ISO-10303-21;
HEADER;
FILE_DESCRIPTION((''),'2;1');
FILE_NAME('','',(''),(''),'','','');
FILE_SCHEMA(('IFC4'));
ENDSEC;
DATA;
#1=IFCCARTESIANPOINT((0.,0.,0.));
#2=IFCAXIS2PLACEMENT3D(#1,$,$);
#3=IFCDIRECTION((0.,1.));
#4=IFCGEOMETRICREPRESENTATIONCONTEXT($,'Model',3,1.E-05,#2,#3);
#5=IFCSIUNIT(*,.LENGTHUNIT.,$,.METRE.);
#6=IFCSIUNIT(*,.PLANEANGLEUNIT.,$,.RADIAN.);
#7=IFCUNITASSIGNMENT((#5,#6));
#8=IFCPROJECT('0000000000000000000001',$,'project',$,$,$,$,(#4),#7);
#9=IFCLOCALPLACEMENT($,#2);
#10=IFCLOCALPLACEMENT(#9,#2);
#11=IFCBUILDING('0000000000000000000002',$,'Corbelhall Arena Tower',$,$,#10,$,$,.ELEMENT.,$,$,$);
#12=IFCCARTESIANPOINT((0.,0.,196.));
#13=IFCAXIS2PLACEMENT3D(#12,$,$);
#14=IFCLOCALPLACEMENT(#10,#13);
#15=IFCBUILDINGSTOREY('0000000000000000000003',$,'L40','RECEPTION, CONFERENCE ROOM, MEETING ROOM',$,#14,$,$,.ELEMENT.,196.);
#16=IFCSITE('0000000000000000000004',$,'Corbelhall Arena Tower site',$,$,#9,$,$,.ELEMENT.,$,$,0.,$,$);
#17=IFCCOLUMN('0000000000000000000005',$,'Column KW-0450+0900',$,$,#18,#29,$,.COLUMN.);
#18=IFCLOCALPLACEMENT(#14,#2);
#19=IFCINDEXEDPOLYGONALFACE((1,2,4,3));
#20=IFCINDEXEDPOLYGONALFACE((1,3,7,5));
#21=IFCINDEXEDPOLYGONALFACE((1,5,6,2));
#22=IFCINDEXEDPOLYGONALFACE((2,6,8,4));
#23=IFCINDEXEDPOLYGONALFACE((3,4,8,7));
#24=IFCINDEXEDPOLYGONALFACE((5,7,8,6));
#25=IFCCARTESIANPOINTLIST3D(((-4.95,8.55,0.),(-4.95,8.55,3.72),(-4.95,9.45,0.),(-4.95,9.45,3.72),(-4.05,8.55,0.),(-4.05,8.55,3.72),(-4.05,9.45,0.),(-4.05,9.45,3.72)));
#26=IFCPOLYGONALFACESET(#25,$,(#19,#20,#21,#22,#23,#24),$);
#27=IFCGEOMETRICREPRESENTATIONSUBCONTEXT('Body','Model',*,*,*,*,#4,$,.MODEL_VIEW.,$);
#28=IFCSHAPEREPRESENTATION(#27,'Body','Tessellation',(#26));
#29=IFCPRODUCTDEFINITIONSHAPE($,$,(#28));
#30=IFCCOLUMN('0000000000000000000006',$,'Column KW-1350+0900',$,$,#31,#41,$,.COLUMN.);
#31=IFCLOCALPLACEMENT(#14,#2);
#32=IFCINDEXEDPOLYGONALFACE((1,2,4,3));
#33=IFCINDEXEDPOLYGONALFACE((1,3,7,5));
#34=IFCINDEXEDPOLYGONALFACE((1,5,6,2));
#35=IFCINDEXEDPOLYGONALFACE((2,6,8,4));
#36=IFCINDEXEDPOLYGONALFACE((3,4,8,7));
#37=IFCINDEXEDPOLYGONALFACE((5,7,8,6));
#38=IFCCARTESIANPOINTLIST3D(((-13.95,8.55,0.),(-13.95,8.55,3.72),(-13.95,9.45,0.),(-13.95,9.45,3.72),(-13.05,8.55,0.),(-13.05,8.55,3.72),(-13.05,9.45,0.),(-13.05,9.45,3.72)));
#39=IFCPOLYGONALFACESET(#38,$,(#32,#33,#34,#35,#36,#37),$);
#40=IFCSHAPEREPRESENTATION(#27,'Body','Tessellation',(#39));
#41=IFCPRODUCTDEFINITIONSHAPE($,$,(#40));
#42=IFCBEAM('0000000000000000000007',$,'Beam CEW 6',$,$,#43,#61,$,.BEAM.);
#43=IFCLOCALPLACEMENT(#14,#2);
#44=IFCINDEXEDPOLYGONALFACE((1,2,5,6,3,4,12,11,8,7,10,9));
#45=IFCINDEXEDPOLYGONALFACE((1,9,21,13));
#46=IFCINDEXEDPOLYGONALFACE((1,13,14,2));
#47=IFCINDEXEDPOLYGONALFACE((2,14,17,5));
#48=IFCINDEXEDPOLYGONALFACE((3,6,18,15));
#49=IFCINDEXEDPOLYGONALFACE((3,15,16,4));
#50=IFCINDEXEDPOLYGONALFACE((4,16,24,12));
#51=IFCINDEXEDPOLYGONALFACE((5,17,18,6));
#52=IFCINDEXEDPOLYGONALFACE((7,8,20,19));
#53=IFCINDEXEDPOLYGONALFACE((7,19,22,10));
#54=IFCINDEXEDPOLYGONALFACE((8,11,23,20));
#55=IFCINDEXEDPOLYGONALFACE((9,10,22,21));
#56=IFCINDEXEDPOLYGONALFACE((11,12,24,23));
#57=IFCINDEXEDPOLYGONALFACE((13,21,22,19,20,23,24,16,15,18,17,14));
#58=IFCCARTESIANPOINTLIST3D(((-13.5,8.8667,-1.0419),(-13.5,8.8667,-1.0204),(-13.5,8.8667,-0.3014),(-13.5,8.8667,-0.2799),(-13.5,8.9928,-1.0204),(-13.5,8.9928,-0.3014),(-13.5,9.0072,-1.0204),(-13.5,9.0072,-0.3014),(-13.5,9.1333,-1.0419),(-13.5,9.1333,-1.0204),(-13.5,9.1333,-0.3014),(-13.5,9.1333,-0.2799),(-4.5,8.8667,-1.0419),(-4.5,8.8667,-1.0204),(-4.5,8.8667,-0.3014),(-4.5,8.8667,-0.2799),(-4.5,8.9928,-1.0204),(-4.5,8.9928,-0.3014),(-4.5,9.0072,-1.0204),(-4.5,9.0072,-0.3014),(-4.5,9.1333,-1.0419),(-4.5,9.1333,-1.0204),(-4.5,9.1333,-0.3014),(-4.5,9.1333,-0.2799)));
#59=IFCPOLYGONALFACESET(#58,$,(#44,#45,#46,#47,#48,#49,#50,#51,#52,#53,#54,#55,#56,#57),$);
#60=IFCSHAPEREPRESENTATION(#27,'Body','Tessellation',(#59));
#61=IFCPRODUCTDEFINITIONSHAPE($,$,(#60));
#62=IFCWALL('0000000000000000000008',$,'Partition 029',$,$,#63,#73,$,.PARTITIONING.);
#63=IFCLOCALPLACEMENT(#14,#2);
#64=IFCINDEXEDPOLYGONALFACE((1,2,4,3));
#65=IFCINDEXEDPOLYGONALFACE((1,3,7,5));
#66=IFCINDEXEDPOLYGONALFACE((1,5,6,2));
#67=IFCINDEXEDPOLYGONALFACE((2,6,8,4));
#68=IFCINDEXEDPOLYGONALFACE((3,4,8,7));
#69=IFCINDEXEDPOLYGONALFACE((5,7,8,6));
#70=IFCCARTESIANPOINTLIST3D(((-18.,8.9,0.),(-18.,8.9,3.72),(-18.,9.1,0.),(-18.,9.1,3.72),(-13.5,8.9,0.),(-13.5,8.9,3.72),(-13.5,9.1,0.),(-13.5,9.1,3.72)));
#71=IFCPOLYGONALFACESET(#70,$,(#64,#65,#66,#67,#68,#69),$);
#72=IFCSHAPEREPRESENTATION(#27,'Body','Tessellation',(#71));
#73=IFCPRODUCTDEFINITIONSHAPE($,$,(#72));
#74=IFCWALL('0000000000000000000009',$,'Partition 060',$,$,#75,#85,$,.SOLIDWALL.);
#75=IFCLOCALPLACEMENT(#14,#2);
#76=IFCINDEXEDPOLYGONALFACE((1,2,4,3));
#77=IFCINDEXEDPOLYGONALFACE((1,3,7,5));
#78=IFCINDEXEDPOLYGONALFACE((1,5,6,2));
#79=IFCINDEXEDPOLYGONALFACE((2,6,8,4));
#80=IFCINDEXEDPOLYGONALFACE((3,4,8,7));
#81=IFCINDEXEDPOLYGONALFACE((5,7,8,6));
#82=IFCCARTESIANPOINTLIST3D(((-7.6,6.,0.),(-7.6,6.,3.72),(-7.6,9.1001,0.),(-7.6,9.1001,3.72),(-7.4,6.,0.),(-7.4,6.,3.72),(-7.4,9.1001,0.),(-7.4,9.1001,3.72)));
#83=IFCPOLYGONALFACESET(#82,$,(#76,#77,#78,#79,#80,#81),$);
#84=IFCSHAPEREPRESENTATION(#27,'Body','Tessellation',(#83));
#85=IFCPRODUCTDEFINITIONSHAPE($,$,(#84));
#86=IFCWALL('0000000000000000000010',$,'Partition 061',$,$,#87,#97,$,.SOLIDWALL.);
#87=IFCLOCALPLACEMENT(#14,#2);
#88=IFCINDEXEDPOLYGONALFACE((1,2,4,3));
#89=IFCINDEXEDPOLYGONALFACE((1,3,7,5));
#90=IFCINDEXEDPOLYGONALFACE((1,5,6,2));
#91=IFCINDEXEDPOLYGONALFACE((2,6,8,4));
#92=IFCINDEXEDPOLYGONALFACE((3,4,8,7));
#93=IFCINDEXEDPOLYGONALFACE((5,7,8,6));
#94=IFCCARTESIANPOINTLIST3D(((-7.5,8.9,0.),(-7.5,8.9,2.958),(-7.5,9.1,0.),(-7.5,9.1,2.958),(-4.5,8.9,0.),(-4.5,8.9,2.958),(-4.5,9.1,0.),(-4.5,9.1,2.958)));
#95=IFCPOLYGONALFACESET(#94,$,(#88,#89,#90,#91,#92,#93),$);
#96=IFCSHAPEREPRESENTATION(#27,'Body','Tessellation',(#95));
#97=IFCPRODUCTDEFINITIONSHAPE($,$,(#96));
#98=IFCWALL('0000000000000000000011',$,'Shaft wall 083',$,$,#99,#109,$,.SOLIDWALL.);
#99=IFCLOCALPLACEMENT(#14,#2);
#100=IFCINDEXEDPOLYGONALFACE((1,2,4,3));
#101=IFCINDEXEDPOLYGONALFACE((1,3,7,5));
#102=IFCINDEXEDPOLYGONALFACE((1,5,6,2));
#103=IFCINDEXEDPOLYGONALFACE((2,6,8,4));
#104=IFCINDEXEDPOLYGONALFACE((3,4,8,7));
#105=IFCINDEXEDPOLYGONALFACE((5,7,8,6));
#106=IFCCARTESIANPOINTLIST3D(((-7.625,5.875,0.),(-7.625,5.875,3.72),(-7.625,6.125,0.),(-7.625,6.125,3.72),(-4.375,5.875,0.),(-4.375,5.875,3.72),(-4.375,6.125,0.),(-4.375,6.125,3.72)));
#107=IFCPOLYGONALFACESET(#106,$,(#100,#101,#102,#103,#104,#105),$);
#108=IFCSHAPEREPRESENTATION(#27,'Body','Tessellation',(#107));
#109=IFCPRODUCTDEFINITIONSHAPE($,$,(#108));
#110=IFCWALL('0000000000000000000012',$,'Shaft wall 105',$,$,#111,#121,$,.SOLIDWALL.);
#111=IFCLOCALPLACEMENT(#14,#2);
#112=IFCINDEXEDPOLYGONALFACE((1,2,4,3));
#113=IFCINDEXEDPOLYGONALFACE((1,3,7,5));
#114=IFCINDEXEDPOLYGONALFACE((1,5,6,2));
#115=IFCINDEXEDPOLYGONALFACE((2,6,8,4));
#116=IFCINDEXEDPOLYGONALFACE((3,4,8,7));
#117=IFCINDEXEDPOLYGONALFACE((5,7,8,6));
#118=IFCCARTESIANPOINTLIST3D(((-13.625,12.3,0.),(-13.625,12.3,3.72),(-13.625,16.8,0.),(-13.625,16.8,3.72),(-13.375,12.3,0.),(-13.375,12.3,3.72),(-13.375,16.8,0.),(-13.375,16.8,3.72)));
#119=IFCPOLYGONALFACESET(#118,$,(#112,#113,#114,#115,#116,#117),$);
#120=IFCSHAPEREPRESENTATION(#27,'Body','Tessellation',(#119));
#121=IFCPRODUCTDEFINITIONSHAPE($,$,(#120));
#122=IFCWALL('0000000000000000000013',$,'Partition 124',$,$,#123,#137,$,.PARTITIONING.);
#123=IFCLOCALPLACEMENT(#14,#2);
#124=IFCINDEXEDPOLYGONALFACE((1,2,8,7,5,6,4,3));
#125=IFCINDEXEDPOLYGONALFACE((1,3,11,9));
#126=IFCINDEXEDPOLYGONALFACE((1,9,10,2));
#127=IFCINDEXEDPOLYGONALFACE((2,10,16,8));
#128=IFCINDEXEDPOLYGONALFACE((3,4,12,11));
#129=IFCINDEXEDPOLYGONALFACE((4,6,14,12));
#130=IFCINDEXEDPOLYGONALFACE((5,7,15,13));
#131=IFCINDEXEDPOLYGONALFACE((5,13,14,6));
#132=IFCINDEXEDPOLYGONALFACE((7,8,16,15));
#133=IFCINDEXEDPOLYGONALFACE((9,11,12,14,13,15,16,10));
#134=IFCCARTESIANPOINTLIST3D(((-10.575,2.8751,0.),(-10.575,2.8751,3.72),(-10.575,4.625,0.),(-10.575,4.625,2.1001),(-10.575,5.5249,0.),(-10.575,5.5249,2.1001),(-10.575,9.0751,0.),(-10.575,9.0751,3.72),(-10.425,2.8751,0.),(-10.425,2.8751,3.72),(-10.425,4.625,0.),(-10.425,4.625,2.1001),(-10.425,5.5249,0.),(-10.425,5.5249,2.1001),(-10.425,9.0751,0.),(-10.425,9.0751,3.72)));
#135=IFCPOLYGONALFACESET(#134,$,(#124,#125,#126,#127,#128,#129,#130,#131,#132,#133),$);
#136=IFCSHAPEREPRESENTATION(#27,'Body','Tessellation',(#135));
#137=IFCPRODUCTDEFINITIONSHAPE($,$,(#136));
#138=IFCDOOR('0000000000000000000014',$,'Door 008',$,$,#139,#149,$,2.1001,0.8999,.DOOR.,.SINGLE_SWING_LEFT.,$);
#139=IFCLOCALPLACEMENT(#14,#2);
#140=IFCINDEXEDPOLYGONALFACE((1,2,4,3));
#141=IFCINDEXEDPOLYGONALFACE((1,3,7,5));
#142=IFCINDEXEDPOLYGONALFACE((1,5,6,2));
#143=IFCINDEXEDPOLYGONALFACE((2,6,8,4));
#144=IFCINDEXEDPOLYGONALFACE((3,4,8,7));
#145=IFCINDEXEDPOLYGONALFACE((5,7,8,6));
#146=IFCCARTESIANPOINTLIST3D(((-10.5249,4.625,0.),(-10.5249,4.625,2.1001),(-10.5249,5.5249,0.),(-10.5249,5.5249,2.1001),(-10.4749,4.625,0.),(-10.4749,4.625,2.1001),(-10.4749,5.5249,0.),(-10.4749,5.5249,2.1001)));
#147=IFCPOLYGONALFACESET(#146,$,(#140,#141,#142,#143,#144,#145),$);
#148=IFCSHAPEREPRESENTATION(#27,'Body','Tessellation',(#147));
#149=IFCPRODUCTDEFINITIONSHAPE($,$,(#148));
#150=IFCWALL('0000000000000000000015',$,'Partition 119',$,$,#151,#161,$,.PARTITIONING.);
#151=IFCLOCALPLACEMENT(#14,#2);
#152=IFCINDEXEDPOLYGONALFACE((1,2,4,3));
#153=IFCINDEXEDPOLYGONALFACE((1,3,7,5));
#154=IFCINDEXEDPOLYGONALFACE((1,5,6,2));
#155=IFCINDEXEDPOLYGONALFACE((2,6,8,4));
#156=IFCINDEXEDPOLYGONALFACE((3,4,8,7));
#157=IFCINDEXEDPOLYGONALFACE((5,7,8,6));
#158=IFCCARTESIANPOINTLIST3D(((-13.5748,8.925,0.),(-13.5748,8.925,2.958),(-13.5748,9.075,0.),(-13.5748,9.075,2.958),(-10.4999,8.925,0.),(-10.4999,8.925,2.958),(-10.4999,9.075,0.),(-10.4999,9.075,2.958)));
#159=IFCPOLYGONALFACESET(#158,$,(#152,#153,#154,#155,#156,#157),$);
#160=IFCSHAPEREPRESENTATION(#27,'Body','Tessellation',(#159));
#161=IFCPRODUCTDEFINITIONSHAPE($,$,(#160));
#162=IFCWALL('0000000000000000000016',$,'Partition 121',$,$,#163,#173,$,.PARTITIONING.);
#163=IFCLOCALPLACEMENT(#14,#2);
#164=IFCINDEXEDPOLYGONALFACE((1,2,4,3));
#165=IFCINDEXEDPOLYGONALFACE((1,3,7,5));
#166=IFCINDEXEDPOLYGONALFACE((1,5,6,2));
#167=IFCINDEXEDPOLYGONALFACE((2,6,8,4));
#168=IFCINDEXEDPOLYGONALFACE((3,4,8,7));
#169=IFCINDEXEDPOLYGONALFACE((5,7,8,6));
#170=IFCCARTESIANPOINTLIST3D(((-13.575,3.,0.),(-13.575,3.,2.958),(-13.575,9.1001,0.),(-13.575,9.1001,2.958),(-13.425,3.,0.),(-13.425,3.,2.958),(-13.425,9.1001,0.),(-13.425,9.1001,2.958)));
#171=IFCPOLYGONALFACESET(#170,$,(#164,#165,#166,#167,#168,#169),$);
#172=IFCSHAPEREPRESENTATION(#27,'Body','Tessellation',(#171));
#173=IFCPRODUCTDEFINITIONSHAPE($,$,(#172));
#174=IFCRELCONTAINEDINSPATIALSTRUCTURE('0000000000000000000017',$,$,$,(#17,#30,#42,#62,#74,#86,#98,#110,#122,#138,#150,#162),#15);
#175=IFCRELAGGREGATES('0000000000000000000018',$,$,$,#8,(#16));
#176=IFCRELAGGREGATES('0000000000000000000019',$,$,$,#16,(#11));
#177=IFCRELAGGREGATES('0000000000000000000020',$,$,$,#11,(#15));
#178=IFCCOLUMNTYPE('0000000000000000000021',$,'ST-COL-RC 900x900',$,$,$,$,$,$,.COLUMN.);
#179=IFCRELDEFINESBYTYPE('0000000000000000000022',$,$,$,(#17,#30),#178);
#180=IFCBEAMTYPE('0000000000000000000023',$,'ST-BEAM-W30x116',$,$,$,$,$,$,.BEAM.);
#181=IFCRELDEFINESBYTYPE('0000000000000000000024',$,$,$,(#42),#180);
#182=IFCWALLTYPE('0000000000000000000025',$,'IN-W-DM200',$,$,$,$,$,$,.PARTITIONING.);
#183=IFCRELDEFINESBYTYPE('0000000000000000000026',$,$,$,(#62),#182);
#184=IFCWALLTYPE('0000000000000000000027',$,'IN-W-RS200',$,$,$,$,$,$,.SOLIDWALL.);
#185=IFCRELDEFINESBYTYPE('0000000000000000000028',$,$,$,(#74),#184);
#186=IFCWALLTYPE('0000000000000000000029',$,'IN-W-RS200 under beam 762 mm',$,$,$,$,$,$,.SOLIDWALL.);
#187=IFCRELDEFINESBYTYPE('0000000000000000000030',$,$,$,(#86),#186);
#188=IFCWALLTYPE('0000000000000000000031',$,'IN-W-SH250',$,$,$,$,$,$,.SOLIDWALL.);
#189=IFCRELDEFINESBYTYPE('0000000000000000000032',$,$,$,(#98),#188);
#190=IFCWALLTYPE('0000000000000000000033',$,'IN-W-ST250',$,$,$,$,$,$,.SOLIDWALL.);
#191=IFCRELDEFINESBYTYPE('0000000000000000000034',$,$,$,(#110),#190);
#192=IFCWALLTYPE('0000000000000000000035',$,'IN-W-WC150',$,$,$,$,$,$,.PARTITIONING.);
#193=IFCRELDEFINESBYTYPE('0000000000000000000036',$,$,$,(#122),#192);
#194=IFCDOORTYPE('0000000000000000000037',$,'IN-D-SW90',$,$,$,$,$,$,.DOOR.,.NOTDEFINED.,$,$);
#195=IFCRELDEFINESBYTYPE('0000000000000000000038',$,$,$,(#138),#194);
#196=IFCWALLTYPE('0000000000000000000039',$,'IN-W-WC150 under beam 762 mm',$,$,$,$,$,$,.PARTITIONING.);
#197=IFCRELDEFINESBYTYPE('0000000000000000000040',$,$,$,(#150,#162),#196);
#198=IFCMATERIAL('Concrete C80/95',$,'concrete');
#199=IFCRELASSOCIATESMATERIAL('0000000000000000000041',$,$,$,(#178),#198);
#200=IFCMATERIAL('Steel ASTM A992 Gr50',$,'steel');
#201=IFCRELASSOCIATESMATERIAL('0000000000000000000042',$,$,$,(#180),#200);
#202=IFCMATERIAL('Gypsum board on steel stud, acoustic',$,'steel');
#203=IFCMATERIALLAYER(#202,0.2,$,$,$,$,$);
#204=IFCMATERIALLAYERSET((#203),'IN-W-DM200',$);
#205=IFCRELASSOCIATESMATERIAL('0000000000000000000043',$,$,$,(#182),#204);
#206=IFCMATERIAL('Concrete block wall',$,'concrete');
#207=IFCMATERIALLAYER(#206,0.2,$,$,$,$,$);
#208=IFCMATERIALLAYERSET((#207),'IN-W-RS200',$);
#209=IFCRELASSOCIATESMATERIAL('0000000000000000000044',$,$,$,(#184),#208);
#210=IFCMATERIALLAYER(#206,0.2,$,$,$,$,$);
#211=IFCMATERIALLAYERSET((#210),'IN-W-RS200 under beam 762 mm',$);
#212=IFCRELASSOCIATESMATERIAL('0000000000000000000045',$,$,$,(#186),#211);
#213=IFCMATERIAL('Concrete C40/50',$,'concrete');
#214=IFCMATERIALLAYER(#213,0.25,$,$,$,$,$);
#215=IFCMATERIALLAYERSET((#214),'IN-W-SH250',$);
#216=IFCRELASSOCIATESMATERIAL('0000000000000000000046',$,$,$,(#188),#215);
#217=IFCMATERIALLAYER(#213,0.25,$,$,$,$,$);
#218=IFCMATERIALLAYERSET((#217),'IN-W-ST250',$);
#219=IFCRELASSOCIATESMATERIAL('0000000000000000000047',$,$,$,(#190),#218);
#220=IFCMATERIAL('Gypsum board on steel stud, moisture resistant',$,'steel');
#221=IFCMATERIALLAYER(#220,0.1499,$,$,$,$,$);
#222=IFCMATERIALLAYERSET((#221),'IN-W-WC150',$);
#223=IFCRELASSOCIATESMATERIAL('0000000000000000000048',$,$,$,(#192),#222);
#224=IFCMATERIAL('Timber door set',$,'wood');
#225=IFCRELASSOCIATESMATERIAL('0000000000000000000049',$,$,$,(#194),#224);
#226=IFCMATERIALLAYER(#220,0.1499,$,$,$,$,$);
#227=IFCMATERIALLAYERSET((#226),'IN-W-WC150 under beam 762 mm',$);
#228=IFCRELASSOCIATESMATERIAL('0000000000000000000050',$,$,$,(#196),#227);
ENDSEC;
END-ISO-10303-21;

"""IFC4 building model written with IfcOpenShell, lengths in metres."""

from ifc_helpers import new_model, si_unit, direction, frame, frame_2d, origin, origin_2d, place, context, subcontext, project, spatial, rectangle, i_section, extrude, material, layer, layer_set, material_profile, profile_set, type_object, element, fill, save


model = new_model("IFC4")

# Units and contexts
model_context = context("Model", 3, precision=1e-05, world=origin(), true_north=direction((0.0, 1.0)))
body_context = subcontext(model_context, "Body", "Model", "MODEL_VIEW")
ifc_project = project(units=[si_unit("LENGTHUNIT", "METRE"), si_unit("PLANEANGLEUNIT", "RADIAN")], contexts=[model_context])

# Site, building, storey
site_placement = place(None, origin())
site = spatial("IfcSite", under=ifc_project, at=site_placement, Name="Corbelhall Arena Tower site", CompositionType="ELEMENT", RefElevation=0.0)
building_placement = place(site_placement, origin())
building = spatial("IfcBuilding", under=site, at=building_placement, Name="Corbelhall Arena Tower", CompositionType="ELEMENT")
storey_placement = place(building_placement, frame((0.0, 0.0, 196.0)))
storey = spatial("IfcBuildingStorey", under=building, at=storey_placement, Name="L40", Description="RECEPTION, CONFERENCE ROOM, MEETING ROOM", CompositionType="ELEMENT", Elevation=196.0)

# Columns
ifc_material_1 = material(Name="Concrete C80/95", Category="concrete")
ifc_material_profile_1 = material_profile(ifc_material_1, rectangle(XDim=0.8999, YDim=0.8999, at=origin_2d()))
ifc_profile_set_1 = profile_set([ifc_material_profile_1], Name="Concrete C80/95")
column_type = type_object("IfcColumnType", Name="ST-COL-RC 900x900", PredefinedType="COLUMN", material=ifc_profile_set_1)
for number, where, z_axis, x_axis, name in (
    (1, (-4.5, 9.0, 0.0), (0.0, 0.0, 1.0), (1.0, 0.0, 0.0), "Column KW-0450+0900"),
    (2, (-13.5, 9.0, 0.0), (0.0, 0.0, 1.0), (1.0, 0.0, 0.0), "Column KW-1350+0900"),
):
    element("IfcColumn", number, at=place(storey_placement, frame(where, z_axis=z_axis, x_axis=x_axis)), inside=storey, type_object=column_type, Name=name, PredefinedType="COLUMN", context=body_context, shape_type="SweptSolid", body=[
        extrude(rectangle(XDim=0.8999, YDim=0.8999, at=origin_2d()), origin(), (0.0, 0.0, 1.0), 3.72),
    ])

# Beam
ifc_material_2 = material(Name="Steel ASTM A992 Gr50", Category="steel")
ifc_material_profile_2 = material_profile(ifc_material_2, i_section(OverallWidth=0.2666, OverallDepth=0.762, WebThickness=0.0144, FlangeThickness=0.0215, at=origin_2d()))
ifc_profile_set_2 = profile_set([ifc_material_profile_2], Name="Steel ASTM A992 Gr50")
beam_type = type_object("IfcBeamType", Name="ST-BEAM-W30x116", PredefinedType="BEAM", material=ifc_profile_set_2)
beam_placement = place(storey_placement, frame((-13.5, 9.0, -0.6609), z_axis=(1.0, 0.0, 0.0), x_axis=(0.0, 1.0, 0.0)))
element("IfcBeam", 3, at=beam_placement, inside=storey, type_object=beam_type, Name="Beam CEW 6", PredefinedType="BEAM", context=body_context, shape_type="SweptSolid", body=[
    extrude(i_section(OverallWidth=0.2666, OverallDepth=0.762, WebThickness=0.0144, FlangeThickness=0.0215, at=origin_2d()), origin(), (0.0, 0.0, 1.0), 9.0),
])

# Walls
ifc_material_3 = material(Name="Gypsum board on steel stud, acoustic", Category="steel")
ifc_layer_1 = layer(ifc_material_3, 0.2)
ifc_layer_set_1 = layer_set([ifc_layer_1], Name="IN-W-DM200")
wall_type_1 = type_object("IfcWallType", Name="IN-W-DM200", PredefinedType="PARTITIONING", material=ifc_layer_set_1)
wall_1_placement = place(storey_placement, frame((-13.5, 9.0, 0.0), z_axis=(0.0, 0.0, 1.0), x_axis=(-1.0, 0.0, 0.0)))
element("IfcWall", 4, at=wall_1_placement, inside=storey, type_object=wall_type_1, Name="Partition 029", PredefinedType="PARTITIONING", context=body_context, shape_type="SweptSolid", body=[
    extrude(rectangle(XDim=4.5, YDim=0.2, at=frame_2d((2.25, 0.0))), origin(), (0.0, 0.0, 1.0), 3.72),
])
ifc_material_4 = material(Name="Concrete block wall", Category="concrete")
ifc_layer_2 = layer(ifc_material_4, 0.2)
ifc_layer_set_2 = layer_set([ifc_layer_2], Name="IN-W-RS200")
wall_type_2 = type_object("IfcWallType", Name="IN-W-RS200", PredefinedType="SOLIDWALL", material=ifc_layer_set_2)
wall_2_placement = place(storey_placement, frame((-7.5, 6.0, 0.0), z_axis=(0.0, 0.0, 1.0), x_axis=(0.0, 1.0, 0.0)))
element("IfcWall", 5, at=wall_2_placement, inside=storey, type_object=wall_type_2, Name="Partition 060", PredefinedType="SOLIDWALL", context=body_context, shape_type="SweptSolid", body=[
    extrude(rectangle(XDim=3.1001, YDim=0.2, at=frame_2d((1.55, 0.0))), origin(), (0.0, 0.0, 1.0), 3.72),
])
ifc_layer_3 = layer(ifc_material_4, 0.2)
ifc_layer_set_3 = layer_set([ifc_layer_3], Name="IN-W-RS200 under beam 762 mm")
wall_type_3 = type_object("IfcWallType", Name="IN-W-RS200 under beam 762 mm", PredefinedType="SOLIDWALL", material=ifc_layer_set_3)
wall_3_placement = place(storey_placement, frame((-7.5, 9.0, 0.0), z_axis=(0.0, 0.0, 1.0), x_axis=(1.0, 0.0, 0.0)))
element("IfcWall", 6, at=wall_3_placement, inside=storey, type_object=wall_type_3, Name="Partition 061", PredefinedType="SOLIDWALL", context=body_context, shape_type="SweptSolid", body=[
    extrude(rectangle(XDim=3.0, YDim=0.2, at=frame_2d((1.5, 0.0))), origin(), (0.0, 0.0, 1.0), 2.958),
])
ifc_material_5 = material(Name="Concrete C40/50", Category="concrete")
ifc_layer_4 = layer(ifc_material_5, 0.25)
ifc_layer_set_4 = layer_set([ifc_layer_4], Name="IN-W-SH250")
wall_type_4 = type_object("IfcWallType", Name="IN-W-SH250", PredefinedType="SOLIDWALL", material=ifc_layer_set_4)
wall_4_placement = place(storey_placement, frame((-7.625, 6.0, 0.0), z_axis=(0.0, 0.0, 1.0), x_axis=(1.0, 0.0, 0.0)))
element("IfcWall", 7, at=wall_4_placement, inside=storey, type_object=wall_type_4, Name="Shaft wall 083", PredefinedType="SOLIDWALL", context=body_context, shape_type="SweptSolid", body=[
    extrude(rectangle(XDim=3.25, YDim=0.25, at=frame_2d((1.625, 0.0))), origin(), (0.0, 0.0, 1.0), 3.72),
])
ifc_layer_5 = layer(ifc_material_5, 0.25)
ifc_layer_set_5 = layer_set([ifc_layer_5], Name="IN-W-ST250")
wall_type_5 = type_object("IfcWallType", Name="IN-W-ST250", PredefinedType="SOLIDWALL", material=ifc_layer_set_5)
wall_5_placement = place(storey_placement, frame((-13.5, 12.3, 0.0), z_axis=(0.0, 0.0, 1.0), x_axis=(0.0, 1.0, 0.0)))
element("IfcWall", 8, at=wall_5_placement, inside=storey, type_object=wall_type_5, Name="Shaft wall 105", PredefinedType="SOLIDWALL", context=body_context, shape_type="SweptSolid", body=[
    extrude(rectangle(XDim=4.5, YDim=0.25, at=frame_2d((2.25, 0.0))), origin(), (0.0, 0.0, 1.0), 3.72),
])

# Wall, opening, door
ifc_material_6 = material(Name="Gypsum board on steel stud, moisture resistant", Category="steel")
ifc_layer_6 = layer(ifc_material_6, 0.1499)
ifc_layer_set_6 = layer_set([ifc_layer_6], Name="IN-W-WC150")
wall_type_6 = type_object("IfcWallType", Name="IN-W-WC150", PredefinedType="PARTITIONING", material=ifc_layer_set_6)
wall_6_placement = place(storey_placement, frame((-10.5, 2.875, 0.0), z_axis=(0.0, 0.0, 1.0), x_axis=(0.0, 1.0, 0.0)))
wall_6 = element("IfcWall", 9, at=wall_6_placement, inside=storey, type_object=wall_type_6, Name="Partition 124", PredefinedType="PARTITIONING", context=body_context, shape_type="SweptSolid", body=[
    extrude(rectangle(XDim=6.2, YDim=0.1499, at=frame_2d((3.1001, 0.0))), origin(), (0.0, 0.0, 1.0), 3.72),
])
opening_placement = place(wall_6_placement, frame((1.75, 0.0, 0.0)))
opening = element("IfcOpeningElement", 10, at=opening_placement, cuts=wall_6, PredefinedType="OPENING", context=body_context, shape_type="SweptSolid", body=[
    extrude(rectangle(XDim=0.8999, YDim=2.1001, at=frame_2d((0.45, 1.05))), frame((0.0, 0.075, 0.0), z_axis=(0.0, -1.0, 0.0), x_axis=(1.0, 0.0, 0.0)), (0.0, 0.0, 1.0), 0.1499),
])
ifc_material_7 = material(Name="Timber door set", Category="wood")
door_type = type_object("IfcDoorType", Name="IN-D-SW90", OperationType="NOTDEFINED", PredefinedType="DOOR", material=ifc_material_7)
door_placement = place(opening_placement, origin())
door = element("IfcDoor", 11, at=door_placement, inside=storey, type_object=door_type, Name="Door 008", OperationType="SINGLE_SWING_LEFT", OverallHeight=2.1001, OverallWidth=0.8999, PredefinedType="DOOR", context=body_context, shape_type="SweptSolid", body=[
    extrude(rectangle(XDim=0.8999, YDim=2.1001, at=frame_2d((0.45, 1.05))), frame((0.0, 0.0249, 0.0), z_axis=(0.0, -1.0, 0.0), x_axis=(1.0, 0.0, 0.0)), (0.0, 0.0, 1.0), 0.05),
])
fill(opening, door)

# Walls
ifc_layer_7 = layer(ifc_material_6, 0.1499)
ifc_layer_set_7 = layer_set([ifc_layer_7], Name="IN-W-WC150 under beam 762 mm")
wall_type_7 = type_object("IfcWallType", Name="IN-W-WC150 under beam 762 mm", PredefinedType="PARTITIONING", material=ifc_layer_set_7)
wall_7_placement = place(storey_placement, frame((-13.575, 9.0, 0.0), z_axis=(0.0, 0.0, 1.0), x_axis=(1.0, 0.0, 0.0)))
element("IfcWall", 12, at=wall_7_placement, inside=storey, type_object=wall_type_7, Name="Partition 119", PredefinedType="PARTITIONING", context=body_context, shape_type="SweptSolid", body=[
    extrude(rectangle(XDim=3.075, YDim=0.1499, at=frame_2d((1.5376, 0.0))), origin(), (0.0, 0.0, 1.0), 2.958),
])
wall_8_placement = place(storey_placement, frame((-13.5, 3.0, 0.0), z_axis=(0.0, 0.0, 1.0), x_axis=(0.0, 1.0, 0.0)))
element("IfcWall", 13, at=wall_8_placement, inside=storey, type_object=wall_type_7, Name="Partition 121", PredefinedType="PARTITIONING", context=body_context, shape_type="SweptSolid", body=[
    extrude(rectangle(XDim=6.1001, YDim=0.1499, at=frame_2d((3.05, 0.0))), origin(), (0.0, 0.0, 1.0), 2.958),
])

save(model, "model.ifc")
